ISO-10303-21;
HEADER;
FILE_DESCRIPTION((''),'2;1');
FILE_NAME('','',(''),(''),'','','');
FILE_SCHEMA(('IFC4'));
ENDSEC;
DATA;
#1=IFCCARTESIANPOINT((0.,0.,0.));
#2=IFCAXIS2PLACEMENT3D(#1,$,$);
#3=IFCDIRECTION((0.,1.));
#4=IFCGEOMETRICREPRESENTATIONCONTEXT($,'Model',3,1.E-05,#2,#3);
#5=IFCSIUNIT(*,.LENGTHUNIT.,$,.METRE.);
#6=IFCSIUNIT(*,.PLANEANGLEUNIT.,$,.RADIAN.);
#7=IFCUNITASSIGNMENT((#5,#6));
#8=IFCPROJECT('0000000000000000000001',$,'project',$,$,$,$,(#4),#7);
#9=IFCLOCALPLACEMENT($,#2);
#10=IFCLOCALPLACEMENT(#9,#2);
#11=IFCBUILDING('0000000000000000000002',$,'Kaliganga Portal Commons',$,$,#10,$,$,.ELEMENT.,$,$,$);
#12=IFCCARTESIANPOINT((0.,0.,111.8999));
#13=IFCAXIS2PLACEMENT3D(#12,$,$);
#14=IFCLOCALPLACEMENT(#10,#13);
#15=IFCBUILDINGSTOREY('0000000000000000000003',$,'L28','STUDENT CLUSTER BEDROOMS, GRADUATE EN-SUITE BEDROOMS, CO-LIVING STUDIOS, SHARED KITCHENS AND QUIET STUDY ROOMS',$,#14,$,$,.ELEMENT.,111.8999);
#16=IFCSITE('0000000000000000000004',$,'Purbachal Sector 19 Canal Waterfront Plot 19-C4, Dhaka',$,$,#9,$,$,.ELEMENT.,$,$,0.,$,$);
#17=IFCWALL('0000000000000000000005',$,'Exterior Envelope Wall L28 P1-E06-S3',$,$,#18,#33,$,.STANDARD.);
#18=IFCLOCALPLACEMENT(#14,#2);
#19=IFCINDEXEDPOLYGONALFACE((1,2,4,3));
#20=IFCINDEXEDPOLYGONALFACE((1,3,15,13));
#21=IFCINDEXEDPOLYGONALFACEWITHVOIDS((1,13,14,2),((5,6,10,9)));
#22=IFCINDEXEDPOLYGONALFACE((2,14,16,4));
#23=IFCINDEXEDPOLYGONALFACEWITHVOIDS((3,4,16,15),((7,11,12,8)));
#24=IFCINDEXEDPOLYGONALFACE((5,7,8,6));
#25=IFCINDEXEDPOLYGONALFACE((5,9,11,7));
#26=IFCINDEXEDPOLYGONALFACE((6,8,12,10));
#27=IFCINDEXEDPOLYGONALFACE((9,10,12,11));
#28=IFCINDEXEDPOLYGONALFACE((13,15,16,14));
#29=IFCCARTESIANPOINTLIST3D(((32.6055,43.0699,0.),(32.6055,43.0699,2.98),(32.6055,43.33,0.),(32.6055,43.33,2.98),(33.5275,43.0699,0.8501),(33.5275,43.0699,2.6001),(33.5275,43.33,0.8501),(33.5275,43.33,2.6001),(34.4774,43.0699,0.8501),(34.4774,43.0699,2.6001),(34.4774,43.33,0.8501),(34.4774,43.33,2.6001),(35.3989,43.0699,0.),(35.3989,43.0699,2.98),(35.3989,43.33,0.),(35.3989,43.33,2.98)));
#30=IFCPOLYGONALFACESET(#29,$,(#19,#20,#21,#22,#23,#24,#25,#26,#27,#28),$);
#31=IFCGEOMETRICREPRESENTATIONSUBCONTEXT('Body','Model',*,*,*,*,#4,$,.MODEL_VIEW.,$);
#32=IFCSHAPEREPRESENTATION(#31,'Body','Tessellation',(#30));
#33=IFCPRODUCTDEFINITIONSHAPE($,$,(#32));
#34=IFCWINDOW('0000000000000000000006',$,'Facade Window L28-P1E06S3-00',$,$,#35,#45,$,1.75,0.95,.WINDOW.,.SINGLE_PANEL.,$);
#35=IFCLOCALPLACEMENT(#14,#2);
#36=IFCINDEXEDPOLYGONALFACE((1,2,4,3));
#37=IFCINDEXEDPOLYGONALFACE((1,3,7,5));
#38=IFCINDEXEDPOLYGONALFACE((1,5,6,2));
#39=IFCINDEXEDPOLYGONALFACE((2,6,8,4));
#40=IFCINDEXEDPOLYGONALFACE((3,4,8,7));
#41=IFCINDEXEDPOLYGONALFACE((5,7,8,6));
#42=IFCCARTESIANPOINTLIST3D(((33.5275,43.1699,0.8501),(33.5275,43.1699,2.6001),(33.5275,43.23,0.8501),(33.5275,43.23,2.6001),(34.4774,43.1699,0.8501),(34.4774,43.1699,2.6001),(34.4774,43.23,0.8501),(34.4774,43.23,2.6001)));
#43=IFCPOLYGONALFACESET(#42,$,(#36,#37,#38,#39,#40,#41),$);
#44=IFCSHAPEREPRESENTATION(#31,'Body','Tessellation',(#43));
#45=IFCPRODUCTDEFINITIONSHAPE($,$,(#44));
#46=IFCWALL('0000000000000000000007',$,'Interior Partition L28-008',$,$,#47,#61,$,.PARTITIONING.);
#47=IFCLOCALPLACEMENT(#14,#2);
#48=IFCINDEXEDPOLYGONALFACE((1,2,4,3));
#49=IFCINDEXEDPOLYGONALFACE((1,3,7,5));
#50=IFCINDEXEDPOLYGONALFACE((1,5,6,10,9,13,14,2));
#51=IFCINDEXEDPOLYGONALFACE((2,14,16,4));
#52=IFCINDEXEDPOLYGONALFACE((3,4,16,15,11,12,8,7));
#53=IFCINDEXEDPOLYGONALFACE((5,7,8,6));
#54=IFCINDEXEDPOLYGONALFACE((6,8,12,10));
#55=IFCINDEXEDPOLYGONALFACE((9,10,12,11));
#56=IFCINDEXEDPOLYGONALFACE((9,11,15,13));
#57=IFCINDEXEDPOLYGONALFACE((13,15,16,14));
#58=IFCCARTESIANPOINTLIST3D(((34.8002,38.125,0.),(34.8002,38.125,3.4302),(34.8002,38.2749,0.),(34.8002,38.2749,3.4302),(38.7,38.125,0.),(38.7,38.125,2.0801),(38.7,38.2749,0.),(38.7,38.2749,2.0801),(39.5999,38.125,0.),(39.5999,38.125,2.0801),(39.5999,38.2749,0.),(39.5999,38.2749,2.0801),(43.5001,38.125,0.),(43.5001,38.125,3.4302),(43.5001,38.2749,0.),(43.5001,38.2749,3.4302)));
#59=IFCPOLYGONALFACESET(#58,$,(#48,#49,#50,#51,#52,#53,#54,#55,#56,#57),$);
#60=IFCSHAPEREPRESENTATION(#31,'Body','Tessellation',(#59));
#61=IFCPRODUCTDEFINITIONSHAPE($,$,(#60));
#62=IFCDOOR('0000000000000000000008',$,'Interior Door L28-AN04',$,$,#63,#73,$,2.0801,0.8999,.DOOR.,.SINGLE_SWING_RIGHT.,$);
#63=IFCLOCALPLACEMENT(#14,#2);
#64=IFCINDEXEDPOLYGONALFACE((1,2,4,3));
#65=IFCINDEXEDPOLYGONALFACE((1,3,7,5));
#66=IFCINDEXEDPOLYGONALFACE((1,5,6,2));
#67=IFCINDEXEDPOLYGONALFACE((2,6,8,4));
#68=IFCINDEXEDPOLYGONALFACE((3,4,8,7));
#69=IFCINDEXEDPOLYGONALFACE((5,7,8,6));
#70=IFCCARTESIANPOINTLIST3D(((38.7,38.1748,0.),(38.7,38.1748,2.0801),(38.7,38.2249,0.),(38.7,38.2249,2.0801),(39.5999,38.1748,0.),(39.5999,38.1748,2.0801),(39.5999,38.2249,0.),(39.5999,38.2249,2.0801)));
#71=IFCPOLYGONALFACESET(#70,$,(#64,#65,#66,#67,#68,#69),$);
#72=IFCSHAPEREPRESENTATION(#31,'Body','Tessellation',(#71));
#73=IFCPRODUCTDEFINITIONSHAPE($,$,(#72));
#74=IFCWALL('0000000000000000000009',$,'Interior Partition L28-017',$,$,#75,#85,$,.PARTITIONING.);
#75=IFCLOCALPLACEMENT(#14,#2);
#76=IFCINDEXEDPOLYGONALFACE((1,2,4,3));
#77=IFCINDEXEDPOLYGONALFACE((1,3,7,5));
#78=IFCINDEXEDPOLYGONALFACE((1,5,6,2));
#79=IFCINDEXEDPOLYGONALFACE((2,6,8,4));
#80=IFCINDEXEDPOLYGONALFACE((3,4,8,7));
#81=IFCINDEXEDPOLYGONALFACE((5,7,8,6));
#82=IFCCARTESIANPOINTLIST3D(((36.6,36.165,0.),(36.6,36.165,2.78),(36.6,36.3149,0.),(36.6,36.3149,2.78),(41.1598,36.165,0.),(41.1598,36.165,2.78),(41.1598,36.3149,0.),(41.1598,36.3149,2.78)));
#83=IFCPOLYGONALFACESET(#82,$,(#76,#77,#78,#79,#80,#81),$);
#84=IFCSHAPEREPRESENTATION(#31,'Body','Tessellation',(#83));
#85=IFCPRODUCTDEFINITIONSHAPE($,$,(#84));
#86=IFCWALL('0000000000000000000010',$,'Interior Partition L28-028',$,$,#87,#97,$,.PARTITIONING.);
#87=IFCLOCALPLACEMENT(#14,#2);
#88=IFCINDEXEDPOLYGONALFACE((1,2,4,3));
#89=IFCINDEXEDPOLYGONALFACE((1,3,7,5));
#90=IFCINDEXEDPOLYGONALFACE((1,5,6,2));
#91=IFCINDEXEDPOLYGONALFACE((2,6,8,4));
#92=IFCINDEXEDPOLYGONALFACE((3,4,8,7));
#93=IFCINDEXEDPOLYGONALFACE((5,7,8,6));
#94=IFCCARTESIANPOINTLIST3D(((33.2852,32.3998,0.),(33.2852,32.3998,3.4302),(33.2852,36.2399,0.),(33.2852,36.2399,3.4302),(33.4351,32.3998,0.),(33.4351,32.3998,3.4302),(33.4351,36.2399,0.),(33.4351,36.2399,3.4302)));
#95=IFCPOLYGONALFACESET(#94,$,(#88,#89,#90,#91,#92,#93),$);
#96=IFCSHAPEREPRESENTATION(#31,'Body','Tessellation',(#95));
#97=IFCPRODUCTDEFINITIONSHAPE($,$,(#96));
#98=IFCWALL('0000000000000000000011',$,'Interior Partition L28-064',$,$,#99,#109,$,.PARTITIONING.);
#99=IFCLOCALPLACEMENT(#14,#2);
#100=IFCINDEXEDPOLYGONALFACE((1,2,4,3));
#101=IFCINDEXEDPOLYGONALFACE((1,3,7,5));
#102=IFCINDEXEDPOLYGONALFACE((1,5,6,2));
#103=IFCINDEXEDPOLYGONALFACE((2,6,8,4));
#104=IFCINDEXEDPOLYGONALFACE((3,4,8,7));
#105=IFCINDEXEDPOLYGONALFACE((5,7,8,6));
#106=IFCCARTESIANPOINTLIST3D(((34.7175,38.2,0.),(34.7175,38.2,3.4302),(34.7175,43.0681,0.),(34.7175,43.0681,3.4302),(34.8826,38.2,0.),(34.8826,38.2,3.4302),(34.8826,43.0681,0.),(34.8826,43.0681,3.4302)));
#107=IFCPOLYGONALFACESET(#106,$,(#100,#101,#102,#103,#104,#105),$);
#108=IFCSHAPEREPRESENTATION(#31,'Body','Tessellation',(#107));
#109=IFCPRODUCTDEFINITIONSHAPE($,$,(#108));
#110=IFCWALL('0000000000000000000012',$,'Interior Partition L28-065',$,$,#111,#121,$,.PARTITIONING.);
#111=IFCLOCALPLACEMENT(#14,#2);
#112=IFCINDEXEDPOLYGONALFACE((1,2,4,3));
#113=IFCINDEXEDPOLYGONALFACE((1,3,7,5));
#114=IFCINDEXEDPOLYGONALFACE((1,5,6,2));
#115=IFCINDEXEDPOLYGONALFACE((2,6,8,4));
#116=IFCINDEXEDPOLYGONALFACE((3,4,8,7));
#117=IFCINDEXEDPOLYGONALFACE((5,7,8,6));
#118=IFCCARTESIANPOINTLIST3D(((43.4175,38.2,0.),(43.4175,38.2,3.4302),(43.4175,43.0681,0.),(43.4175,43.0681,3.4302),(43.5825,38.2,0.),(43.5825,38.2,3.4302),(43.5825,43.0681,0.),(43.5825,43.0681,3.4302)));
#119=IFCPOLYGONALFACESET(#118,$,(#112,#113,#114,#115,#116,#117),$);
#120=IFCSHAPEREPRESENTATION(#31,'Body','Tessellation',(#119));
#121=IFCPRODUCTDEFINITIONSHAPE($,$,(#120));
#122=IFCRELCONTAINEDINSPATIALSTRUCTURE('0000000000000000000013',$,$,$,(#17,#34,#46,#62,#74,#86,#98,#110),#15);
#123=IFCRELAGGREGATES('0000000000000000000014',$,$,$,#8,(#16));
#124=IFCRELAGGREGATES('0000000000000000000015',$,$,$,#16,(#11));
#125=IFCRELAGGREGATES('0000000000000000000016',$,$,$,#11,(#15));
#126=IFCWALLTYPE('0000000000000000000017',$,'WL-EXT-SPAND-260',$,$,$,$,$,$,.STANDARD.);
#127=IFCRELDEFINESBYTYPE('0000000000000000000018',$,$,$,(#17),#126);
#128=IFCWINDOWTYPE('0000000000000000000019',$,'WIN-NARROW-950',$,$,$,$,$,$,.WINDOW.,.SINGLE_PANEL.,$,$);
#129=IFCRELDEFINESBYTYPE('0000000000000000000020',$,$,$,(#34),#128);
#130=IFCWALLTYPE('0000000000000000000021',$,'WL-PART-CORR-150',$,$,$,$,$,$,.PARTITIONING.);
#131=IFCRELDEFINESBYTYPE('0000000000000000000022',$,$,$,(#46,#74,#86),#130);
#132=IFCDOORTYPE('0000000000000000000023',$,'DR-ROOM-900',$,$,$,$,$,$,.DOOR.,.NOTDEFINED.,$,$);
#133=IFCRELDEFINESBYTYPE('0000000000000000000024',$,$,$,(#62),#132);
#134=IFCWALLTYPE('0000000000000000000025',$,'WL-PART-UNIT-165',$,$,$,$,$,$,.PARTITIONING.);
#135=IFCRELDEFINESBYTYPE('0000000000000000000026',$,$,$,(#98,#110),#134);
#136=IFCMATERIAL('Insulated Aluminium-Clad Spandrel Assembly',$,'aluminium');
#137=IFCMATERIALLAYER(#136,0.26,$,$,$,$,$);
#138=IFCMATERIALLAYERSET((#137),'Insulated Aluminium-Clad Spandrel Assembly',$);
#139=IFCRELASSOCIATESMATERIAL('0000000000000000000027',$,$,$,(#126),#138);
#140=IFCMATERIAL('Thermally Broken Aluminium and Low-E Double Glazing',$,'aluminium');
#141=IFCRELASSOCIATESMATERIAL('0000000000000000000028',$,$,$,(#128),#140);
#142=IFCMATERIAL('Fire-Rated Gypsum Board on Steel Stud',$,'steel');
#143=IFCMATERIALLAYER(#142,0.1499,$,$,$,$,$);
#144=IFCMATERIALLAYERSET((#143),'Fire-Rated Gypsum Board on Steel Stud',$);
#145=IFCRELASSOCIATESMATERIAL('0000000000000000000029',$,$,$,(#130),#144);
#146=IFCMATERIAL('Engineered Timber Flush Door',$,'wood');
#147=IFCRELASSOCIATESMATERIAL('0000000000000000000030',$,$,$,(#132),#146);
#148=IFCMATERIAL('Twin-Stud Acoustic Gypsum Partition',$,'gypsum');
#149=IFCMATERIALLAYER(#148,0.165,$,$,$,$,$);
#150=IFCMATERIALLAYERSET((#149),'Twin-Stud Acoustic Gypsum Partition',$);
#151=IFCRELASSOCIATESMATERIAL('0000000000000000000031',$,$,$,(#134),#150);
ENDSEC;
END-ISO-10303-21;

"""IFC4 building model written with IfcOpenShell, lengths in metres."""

from ifc_helpers import new_model, si_unit, direction, frame, frame_2d, origin, place, context, subcontext, project, spatial, rectangle, extrude, material, layer, layer_set, type_object, element, fill, save


model = new_model("IFC4")

# Units and contexts
model_context = context("Model", 3, precision=1e-05, world=origin(), true_north=direction((0.0, 1.0)))
body_context = subcontext(model_context, "Body", "Model", "MODEL_VIEW")
ifc_project = project(units=[si_unit("LENGTHUNIT", "METRE"), si_unit("PLANEANGLEUNIT", "RADIAN")], contexts=[model_context])

# Site, building, storey
site_placement = place(None, origin())
site = spatial("IfcSite", under=ifc_project, at=site_placement, Name="Purbachal Sector 19 Canal Waterfront Plot 19-C4, Dhaka", CompositionType="ELEMENT", RefElevation=0.0)
building_placement = place(site_placement, origin())
building = spatial("IfcBuilding", under=site, at=building_placement, Name="Kaliganga Portal Commons", CompositionType="ELEMENT")
storey_placement = place(building_placement, frame((0.0, 0.0, 111.8999)))
storey = spatial("IfcBuildingStorey", under=building, at=storey_placement, Name="L28", Description="STUDENT CLUSTER BEDROOMS, GRADUATE EN-SUITE BEDROOMS, CO-LIVING STUDIOS, SHARED KITCHENS AND QUIET STUDY ROOMS", CompositionType="ELEMENT", Elevation=111.8999)

# Shared definitions
ifc_material_1 = material(Name="Insulated Aluminium-Clad Spandrel Assembly", Category="aluminium")
ifc_layer_1 = layer(ifc_material_1, 0.26)
ifc_layer_set_1 = layer_set([ifc_layer_1], Name="Insulated Aluminium-Clad Spandrel Assembly")
wall_type_1 = type_object("IfcWallType", Name="WL-EXT-SPAND-260", PredefinedType="STANDARD", material=ifc_layer_set_1)
ifc_material_2 = material(Name="Thermally Broken Aluminium and Low-E Double Glazing", Category="aluminium")

# Wall, opening, window
wall_1_placement = place(storey_placement, frame((32.6055, 43.2, 0.0), z_axis=(0.0, 0.0, 1.0), x_axis=(1.0, 0.0, 0.0)))
wall_1 = element("IfcWall", 1, at=wall_1_placement, inside=storey, type_object=wall_type_1, Name="Exterior Envelope Wall L28 P1-E06-S3", PredefinedType="STANDARD", context=body_context, shape_type="SweptSolid", body=[
    extrude(rectangle(XDim=2.7935, YDim=0.26, at=frame_2d((1.3967, 0.0))), origin(), (0.0, 0.0, 1.0), 2.98),
])
opening_1_placement = place(wall_1_placement, frame((0.9219, 0.0, 0.8501)))
opening_1 = element("IfcOpeningElement", 2, at=opening_1_placement, cuts=wall_1, PredefinedType="OPENING", context=body_context, shape_type="SweptSolid", body=[
    extrude(rectangle(XDim=0.95, YDim=1.75, at=frame_2d((0.4751, 0.875))), frame((0.0, 0.1401, 0.0), z_axis=(0.0, -1.0, 0.0), x_axis=(1.0, 0.0, 0.0)), (0.0, 0.0, 1.0), 0.28),
])
window_type_1 = type_object("IfcWindowType", Name="WIN-NARROW-950", PartitioningType="SINGLE_PANEL", PredefinedType="WINDOW", material=ifc_material_2)
window_1_placement = place(opening_1_placement, origin())
window_1 = element("IfcWindow", 3, at=window_1_placement, inside=storey, type_object=window_type_1, Name="Facade Window L28-P1E06S3-00", OverallHeight=1.75, OverallWidth=0.95, PartitioningType="SINGLE_PANEL", PredefinedType="WINDOW", context=body_context, shape_type="SweptSolid", body=[
    extrude(rectangle(XDim=0.95, YDim=1.75, at=frame_2d((0.4751, 0.875))), frame((0.0, 0.03, 0.0), z_axis=(0.0, -1.0, 0.0), x_axis=(1.0, 0.0, 0.0)), (0.0, 0.0, 1.0), 0.0601),
])
fill(opening_1, window_1)

# Wall, opening, door
ifc_material_3 = material(Name="Fire-Rated Gypsum Board on Steel Stud", Category="steel")
ifc_layer_2 = layer(ifc_material_3, 0.1499)
ifc_layer_set_2 = layer_set([ifc_layer_2], Name="Fire-Rated Gypsum Board on Steel Stud")
wall_type_2 = type_object("IfcWallType", Name="WL-PART-CORR-150", PredefinedType="PARTITIONING", material=ifc_layer_set_2)
wall_2_placement = place(storey_placement, frame((34.8, 38.2, 0.0), z_axis=(0.0, 0.0, 1.0), x_axis=(1.0, 0.0, 0.0)))
wall_2 = element("IfcWall", 4, at=wall_2_placement, inside=storey, type_object=wall_type_2, Name="Interior Partition L28-008", PredefinedType="PARTITIONING", context=body_context, shape_type="SweptSolid", body=[
    extrude(rectangle(XDim=8.7, YDim=0.1499, at=frame_2d((4.3501, 0.0))), origin(), (0.0, 0.0, 1.0), 3.4302),
])
opening_2_placement = place(wall_2_placement, frame((3.8999, 0.0, 0.0)))
opening_2 = element("IfcOpeningElement", 5, at=opening_2_placement, cuts=wall_2, PredefinedType="OPENING", context=body_context, shape_type="SweptSolid", body=[
    extrude(rectangle(XDim=0.8999, YDim=2.0801, at=frame_2d((0.45, 1.04))), frame((0.0, 0.085, 0.0), z_axis=(0.0, -1.0, 0.0), x_axis=(1.0, 0.0, 0.0)), (0.0, 0.0, 1.0), 0.1699),
])
ifc_material_4 = material(Name="Engineered Timber Flush Door", Category="wood")
door_type_1 = type_object("IfcDoorType", Name="DR-ROOM-900", OperationType="NOTDEFINED", PredefinedType="DOOR", material=ifc_material_4)
door_1_placement = place(opening_2_placement, origin())
door_1 = element("IfcDoor", 6, at=door_1_placement, inside=storey, type_object=door_type_1, Name="Interior Door L28-AN04", OperationType="SINGLE_SWING_RIGHT", OverallHeight=2.0801, OverallWidth=0.8999, PredefinedType="DOOR", context=body_context, shape_type="SweptSolid", body=[
    extrude(rectangle(XDim=0.8999, YDim=2.0801, at=frame_2d((0.45, 1.04))), frame((0.0, 0.0249, 0.0), z_axis=(0.0, -1.0, 0.0), x_axis=(1.0, 0.0, 0.0)), (0.0, 0.0, 1.0), 0.05),
])
fill(opening_2, door_1)

# Wall
wall_3_placement = place(storey_placement, frame((36.6001, 36.24, 0.0), z_axis=(0.0, 0.0, 1.0), x_axis=(1.0, 0.0, 0.0)))
element("IfcWall", 7, at=wall_3_placement, inside=storey, type_object=wall_type_2, Name="Interior Partition L28-017", PredefinedType="PARTITIONING", context=body_context, shape_type="SweptSolid", body=[
    extrude(rectangle(XDim=4.5598, YDim=0.1499, at=frame_2d((2.2798, 0.0))), origin(), (0.0, 0.0, 1.0), 2.78),
])

# Walls
wall_4_placement = place(storey_placement, frame((33.3601, 32.3999, 0.0), z_axis=(0.0, 0.0, 1.0), x_axis=(0.0, 1.0, 0.0)))
element("IfcWall", 8, at=wall_4_placement, inside=storey, type_object=wall_type_2, Name="Interior Partition L28-028", PredefinedType="PARTITIONING", context=body_context, shape_type="SweptSolid", body=[
    extrude(rectangle(XDim=3.8401, YDim=0.1499, at=frame_2d((1.9199, 0.0))), origin(), (0.0, 0.0, 1.0), 3.4302),
])
ifc_material_5 = material(Name="Twin-Stud Acoustic Gypsum Partition", Category="gypsum")
ifc_layer_3 = layer(ifc_material_5, 0.165)
ifc_layer_set_3 = layer_set([ifc_layer_3], Name="Twin-Stud Acoustic Gypsum Partition")
wall_type_3 = type_object("IfcWallType", Name="WL-PART-UNIT-165", PredefinedType="PARTITIONING", material=ifc_layer_set_3)
for number, where, z_axis, x_axis, name in (
    (9, (34.8, 38.2, 0.0), (0.0, 0.0, 1.0), (0.0, 1.0, 0.0), "Interior Partition L28-064"),
    (10, (43.5, 38.2, 0.0), (0.0, 0.0, 1.0), (0.0, 1.0, 0.0), "Interior Partition L28-065"),
):
    element("IfcWall", number, at=place(storey_placement, frame(where, z_axis=z_axis, x_axis=x_axis)), inside=storey, type_object=wall_type_3, Name=name, PredefinedType="PARTITIONING", context=body_context, shape_type="SweptSolid", body=[
        extrude(rectangle(XDim=4.8682, YDim=0.165, at=frame_2d((2.4341, 0.0))), origin(), (0.0, 0.0, 1.0), 3.4302),
    ])

save(model, "model.ifc")
